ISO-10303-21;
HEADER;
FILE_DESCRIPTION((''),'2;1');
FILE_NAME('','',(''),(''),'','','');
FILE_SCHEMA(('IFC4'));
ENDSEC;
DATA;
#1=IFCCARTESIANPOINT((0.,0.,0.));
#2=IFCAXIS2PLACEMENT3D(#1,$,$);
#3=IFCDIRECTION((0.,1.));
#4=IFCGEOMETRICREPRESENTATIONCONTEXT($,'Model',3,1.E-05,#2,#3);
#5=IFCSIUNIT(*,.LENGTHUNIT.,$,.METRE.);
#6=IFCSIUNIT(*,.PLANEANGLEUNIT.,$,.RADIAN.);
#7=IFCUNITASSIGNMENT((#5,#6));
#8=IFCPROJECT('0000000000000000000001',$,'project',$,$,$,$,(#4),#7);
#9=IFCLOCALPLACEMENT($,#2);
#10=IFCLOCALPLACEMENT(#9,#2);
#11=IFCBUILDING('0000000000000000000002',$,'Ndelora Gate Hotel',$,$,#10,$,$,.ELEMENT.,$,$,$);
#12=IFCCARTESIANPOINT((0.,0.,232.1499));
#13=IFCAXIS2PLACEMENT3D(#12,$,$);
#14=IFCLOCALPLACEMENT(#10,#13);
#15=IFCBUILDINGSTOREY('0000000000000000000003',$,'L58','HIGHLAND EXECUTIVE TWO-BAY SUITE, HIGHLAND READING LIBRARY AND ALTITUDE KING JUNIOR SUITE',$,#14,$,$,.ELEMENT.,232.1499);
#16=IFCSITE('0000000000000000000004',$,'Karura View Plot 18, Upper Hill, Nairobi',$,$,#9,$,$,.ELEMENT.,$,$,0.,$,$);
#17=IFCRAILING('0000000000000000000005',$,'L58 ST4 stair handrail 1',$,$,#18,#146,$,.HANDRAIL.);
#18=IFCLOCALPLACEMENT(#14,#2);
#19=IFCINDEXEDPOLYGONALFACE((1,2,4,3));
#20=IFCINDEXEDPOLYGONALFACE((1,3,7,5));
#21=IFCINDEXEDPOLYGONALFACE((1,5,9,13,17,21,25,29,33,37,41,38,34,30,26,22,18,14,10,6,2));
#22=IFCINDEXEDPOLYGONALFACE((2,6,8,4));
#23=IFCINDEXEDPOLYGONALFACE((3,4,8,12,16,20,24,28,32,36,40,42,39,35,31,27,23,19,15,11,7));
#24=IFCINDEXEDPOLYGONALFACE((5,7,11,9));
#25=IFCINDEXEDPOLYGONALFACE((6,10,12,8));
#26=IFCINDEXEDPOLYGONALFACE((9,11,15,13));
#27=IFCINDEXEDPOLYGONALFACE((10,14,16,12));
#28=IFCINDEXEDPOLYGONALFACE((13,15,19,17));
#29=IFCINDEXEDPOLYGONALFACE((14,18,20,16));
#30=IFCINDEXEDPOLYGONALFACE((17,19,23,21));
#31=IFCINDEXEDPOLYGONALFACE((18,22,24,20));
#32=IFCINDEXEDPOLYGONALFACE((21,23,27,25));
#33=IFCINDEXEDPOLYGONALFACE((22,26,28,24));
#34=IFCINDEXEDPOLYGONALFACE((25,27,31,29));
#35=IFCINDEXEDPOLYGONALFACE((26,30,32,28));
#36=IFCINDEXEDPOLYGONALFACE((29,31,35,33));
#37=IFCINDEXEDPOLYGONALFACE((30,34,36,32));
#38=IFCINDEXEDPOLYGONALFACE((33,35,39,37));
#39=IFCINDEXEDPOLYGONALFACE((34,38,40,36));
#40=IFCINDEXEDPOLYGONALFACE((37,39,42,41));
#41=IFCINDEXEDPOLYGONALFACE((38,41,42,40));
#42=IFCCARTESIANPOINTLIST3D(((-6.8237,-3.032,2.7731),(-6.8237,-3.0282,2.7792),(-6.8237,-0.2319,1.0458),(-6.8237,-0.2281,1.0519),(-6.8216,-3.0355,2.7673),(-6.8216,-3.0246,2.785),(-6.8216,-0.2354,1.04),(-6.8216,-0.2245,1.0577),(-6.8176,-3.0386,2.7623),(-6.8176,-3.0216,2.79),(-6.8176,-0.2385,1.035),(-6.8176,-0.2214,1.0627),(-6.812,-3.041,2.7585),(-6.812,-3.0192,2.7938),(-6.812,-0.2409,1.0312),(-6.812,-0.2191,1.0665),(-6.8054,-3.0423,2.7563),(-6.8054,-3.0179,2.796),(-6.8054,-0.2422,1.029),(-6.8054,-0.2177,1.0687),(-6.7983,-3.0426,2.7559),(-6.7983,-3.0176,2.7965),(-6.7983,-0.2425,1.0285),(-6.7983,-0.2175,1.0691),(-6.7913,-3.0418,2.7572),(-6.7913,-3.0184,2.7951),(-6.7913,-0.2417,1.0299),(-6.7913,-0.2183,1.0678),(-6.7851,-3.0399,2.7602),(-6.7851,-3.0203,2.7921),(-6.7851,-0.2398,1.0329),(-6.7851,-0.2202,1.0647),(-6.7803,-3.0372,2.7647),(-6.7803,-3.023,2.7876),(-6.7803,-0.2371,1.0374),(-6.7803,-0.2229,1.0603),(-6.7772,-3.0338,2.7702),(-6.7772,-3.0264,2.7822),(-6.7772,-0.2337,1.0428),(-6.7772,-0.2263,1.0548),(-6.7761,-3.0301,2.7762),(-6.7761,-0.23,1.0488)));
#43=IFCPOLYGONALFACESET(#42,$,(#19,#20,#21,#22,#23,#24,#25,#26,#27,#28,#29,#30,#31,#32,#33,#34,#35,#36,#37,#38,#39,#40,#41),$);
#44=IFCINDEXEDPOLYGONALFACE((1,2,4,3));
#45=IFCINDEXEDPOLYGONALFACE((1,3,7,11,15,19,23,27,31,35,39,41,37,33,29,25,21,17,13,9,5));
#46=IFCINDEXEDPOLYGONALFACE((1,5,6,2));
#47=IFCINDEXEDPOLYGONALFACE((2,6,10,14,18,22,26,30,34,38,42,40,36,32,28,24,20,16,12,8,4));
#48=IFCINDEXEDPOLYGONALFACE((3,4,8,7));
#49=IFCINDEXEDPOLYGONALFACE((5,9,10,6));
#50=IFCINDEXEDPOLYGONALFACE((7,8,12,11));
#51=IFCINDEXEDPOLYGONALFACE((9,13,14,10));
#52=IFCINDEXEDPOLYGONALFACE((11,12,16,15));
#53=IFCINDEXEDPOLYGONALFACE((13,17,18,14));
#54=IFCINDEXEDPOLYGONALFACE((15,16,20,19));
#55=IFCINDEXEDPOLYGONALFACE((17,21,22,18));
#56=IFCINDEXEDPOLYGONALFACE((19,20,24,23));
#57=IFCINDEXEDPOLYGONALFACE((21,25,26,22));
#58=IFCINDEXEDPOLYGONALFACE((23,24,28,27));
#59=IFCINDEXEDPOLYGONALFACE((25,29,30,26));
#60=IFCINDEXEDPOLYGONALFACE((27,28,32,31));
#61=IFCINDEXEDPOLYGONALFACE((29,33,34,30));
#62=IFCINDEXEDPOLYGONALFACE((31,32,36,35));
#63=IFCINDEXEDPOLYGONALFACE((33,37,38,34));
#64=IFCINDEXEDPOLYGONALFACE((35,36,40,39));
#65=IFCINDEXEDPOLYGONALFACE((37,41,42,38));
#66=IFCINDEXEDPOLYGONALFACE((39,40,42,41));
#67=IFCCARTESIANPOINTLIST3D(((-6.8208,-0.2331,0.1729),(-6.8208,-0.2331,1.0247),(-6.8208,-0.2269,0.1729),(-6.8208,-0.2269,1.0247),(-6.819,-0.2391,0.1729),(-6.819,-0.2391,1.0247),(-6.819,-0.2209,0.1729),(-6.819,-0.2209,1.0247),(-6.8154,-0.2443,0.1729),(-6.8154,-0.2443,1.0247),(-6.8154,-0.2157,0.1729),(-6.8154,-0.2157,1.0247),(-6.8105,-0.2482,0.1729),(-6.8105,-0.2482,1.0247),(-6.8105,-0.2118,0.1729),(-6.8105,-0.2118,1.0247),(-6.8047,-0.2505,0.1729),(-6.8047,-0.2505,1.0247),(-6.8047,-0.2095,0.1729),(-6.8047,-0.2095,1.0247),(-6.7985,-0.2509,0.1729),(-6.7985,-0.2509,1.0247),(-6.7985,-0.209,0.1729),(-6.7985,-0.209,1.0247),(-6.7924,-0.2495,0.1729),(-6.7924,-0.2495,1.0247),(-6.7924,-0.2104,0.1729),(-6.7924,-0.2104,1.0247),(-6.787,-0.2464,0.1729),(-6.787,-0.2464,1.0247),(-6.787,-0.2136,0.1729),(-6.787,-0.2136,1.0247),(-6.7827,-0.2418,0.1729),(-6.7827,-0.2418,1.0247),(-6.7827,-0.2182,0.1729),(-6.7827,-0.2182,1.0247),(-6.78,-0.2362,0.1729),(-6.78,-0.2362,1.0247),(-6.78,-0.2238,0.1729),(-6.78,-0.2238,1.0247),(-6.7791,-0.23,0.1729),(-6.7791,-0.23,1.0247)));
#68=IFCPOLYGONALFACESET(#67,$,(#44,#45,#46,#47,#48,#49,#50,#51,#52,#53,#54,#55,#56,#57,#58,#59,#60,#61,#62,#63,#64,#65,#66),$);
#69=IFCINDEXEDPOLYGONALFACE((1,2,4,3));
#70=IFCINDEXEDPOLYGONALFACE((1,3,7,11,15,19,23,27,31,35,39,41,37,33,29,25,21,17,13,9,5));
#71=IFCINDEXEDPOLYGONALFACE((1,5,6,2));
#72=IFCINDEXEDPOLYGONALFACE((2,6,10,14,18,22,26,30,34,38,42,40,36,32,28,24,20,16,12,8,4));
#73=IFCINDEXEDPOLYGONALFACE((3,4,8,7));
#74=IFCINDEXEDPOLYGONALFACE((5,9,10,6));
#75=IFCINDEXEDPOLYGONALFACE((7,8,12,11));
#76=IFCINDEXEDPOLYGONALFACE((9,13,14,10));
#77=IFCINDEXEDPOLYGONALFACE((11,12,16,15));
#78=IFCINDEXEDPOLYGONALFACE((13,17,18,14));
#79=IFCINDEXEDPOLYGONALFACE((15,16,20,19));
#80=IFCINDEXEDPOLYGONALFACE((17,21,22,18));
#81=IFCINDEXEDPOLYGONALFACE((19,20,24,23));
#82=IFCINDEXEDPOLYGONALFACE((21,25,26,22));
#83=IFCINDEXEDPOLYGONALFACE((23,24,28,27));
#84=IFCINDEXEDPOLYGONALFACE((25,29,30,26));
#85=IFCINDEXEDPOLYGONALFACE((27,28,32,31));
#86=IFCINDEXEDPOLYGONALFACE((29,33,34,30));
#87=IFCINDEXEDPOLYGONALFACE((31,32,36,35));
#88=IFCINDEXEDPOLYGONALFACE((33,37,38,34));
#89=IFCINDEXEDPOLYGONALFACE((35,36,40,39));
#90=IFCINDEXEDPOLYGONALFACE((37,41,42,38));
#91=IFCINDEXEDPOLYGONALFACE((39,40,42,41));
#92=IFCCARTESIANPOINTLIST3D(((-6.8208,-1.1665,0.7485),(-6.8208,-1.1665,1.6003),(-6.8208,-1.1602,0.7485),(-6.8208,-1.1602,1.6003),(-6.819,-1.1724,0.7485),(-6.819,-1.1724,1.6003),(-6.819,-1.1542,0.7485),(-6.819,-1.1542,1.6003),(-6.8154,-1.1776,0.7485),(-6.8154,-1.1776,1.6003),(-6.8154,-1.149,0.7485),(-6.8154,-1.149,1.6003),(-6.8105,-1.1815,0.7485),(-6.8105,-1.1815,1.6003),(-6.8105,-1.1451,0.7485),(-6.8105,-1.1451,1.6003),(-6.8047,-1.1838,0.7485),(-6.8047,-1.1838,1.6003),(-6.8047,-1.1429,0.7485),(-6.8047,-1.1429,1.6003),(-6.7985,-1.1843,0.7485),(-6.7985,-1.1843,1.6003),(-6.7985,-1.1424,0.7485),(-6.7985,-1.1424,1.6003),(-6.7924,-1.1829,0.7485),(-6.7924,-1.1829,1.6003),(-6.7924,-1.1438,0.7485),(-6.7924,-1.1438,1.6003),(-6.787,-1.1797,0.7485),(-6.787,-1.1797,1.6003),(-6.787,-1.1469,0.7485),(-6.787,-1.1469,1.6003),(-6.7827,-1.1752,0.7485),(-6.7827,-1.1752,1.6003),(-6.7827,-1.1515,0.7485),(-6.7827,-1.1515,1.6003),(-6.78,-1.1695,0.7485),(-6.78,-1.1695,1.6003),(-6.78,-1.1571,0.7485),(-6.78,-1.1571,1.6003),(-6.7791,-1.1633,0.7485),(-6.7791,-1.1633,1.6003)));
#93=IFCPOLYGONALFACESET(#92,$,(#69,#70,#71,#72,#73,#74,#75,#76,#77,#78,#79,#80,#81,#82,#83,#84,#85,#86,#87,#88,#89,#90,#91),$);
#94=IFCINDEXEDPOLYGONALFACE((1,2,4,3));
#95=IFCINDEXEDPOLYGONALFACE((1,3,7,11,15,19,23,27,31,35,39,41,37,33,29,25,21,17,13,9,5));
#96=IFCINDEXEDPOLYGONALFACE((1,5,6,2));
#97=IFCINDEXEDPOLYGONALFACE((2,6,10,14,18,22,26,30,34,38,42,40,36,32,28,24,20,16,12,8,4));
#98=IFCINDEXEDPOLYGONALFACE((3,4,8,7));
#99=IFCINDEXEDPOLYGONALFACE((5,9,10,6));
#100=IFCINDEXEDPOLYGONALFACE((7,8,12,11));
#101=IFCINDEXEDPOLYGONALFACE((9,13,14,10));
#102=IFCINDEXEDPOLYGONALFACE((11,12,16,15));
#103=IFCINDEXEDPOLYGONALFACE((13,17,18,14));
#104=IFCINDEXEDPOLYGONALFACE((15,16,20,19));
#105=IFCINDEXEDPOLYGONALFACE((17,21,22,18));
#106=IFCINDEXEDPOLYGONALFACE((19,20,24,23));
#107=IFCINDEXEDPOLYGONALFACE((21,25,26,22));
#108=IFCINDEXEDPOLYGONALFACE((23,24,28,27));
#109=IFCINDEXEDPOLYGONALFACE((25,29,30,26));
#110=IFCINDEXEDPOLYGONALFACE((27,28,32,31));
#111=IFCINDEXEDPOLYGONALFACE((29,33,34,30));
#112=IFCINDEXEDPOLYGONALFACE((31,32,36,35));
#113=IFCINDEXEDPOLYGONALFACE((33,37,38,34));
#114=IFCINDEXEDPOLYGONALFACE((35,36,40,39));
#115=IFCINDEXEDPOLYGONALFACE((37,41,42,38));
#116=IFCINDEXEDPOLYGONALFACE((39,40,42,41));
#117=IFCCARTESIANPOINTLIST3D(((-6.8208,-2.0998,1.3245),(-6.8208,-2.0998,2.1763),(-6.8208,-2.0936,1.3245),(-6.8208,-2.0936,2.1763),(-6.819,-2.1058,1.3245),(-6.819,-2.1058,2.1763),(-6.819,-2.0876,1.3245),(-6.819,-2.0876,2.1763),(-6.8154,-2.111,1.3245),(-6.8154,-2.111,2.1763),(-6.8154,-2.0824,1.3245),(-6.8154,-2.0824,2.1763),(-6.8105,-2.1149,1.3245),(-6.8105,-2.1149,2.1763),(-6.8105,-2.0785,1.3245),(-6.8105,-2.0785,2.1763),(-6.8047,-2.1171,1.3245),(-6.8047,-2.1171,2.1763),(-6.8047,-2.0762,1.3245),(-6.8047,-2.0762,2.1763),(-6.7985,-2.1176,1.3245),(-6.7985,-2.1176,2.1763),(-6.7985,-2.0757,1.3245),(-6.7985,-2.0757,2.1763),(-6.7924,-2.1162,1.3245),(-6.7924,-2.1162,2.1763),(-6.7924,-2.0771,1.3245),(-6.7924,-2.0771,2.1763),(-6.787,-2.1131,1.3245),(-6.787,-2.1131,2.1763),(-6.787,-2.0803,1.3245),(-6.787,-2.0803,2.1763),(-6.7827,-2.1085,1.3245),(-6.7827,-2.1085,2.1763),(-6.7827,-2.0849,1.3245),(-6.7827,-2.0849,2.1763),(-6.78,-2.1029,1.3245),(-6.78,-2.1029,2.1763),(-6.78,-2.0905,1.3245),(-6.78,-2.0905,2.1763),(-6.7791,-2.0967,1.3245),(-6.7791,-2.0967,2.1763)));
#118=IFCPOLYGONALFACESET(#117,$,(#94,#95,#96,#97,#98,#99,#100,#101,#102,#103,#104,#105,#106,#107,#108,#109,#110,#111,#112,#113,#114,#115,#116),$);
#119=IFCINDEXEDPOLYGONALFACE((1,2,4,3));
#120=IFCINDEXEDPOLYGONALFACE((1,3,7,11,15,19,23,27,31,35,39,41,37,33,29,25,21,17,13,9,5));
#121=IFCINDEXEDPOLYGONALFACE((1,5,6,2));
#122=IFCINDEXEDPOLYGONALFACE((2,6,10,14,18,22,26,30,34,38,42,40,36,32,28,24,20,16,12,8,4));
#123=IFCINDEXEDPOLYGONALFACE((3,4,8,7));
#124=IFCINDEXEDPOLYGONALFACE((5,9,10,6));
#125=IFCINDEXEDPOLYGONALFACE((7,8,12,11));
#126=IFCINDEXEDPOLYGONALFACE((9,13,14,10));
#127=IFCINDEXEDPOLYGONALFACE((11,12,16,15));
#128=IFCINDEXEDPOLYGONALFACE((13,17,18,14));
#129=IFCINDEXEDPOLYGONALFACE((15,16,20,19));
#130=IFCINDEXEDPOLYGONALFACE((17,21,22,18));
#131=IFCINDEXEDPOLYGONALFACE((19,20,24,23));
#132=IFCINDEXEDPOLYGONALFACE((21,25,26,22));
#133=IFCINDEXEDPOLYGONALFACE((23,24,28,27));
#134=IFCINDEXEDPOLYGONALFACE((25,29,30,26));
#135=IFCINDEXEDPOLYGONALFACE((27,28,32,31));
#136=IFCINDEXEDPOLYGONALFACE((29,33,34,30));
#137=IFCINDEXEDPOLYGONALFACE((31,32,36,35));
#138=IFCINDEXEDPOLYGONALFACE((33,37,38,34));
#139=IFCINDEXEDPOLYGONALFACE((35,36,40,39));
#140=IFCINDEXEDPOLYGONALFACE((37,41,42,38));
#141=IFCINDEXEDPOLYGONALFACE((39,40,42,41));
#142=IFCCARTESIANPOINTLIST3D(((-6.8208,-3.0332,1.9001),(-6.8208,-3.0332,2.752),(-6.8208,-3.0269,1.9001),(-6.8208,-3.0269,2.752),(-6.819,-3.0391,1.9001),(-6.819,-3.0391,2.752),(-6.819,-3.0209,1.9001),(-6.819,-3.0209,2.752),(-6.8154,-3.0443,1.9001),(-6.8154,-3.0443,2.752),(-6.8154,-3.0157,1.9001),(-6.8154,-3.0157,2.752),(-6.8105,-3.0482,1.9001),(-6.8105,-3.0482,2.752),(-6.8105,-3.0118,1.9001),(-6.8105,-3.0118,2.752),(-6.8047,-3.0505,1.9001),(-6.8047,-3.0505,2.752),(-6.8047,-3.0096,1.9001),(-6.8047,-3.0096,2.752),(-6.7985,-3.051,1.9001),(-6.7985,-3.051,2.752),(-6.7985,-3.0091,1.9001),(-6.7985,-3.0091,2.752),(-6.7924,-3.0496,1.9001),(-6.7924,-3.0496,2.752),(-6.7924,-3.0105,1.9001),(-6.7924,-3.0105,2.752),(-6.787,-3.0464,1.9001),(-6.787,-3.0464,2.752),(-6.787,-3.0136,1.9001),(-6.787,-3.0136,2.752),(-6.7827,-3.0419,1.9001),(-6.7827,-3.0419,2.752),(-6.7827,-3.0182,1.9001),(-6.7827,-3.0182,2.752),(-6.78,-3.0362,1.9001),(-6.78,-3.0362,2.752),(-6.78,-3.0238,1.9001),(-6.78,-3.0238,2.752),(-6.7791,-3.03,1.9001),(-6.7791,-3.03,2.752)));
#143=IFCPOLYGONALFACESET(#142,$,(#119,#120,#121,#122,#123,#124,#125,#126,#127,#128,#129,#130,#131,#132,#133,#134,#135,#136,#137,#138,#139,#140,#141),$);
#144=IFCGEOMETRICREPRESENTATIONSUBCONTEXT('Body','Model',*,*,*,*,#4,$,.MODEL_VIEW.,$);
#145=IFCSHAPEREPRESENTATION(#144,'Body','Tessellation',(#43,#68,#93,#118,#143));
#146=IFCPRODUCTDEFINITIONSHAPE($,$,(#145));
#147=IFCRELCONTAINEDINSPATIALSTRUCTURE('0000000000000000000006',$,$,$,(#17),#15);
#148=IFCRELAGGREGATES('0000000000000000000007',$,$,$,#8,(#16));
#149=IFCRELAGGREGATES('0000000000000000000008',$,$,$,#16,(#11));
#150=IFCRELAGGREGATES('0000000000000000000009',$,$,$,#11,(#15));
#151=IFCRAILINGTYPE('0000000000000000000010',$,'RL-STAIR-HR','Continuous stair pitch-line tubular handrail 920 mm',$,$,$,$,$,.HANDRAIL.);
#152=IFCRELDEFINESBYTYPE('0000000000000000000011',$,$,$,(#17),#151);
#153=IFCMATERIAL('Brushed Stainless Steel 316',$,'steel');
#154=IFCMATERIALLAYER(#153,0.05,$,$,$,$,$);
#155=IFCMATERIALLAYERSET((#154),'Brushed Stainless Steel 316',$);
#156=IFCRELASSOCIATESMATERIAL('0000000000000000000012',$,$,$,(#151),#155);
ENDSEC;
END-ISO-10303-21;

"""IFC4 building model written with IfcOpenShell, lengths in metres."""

from ifc_helpers import new_model, si_unit, direction, frame, origin, origin_2d, place, context, subcontext, project, spatial, circle, extrude, material, layer, layer_set, type_object, element, save


model = new_model("IFC4")

# Units and contexts
model_context = context("Model", 3, precision=1e-05, world=origin(), true_north=direction((0.0, 1.0)))
body_context = subcontext(model_context, "Body", "Model", "MODEL_VIEW")
ifc_project = project(units=[si_unit("LENGTHUNIT", "METRE"), si_unit("PLANEANGLEUNIT", "RADIAN")], contexts=[model_context])

# Site, building, storey
site_placement = place(None, origin())
site = spatial("IfcSite", under=ifc_project, at=site_placement, Name="Karura View Plot 18, Upper Hill, Nairobi", CompositionType="ELEMENT", RefElevation=0.0)
building_placement = place(site_placement, origin())
building = spatial("IfcBuilding", under=site, at=building_placement, Name="Ndelora Gate Hotel", CompositionType="ELEMENT")
storey_placement = place(building_placement, frame((0.0, 0.0, 232.1499)))
storey = spatial("IfcBuildingStorey", under=building, at=storey_placement, Name="L58", Description="HIGHLAND EXECUTIVE TWO-BAY SUITE, HIGHLAND READING LIBRARY AND ALTITUDE KING JUNIOR SUITE", CompositionType="ELEMENT", Elevation=232.1499)

# Railing
ifc_material_1 = material(Name="Brushed Stainless Steel 316", Category="steel")
ifc_layer_1 = layer(ifc_material_1, 0.05)
ifc_layer_set_1 = layer_set([ifc_layer_1], Name="Brushed Stainless Steel 316")
railing_type_1 = type_object("IfcRailingType", Name="RL-STAIR-HR", Description="Continuous stair pitch-line tubular handrail 920 mm", PredefinedType="HANDRAIL", material=ifc_layer_set_1)
railing_1_placement = place(storey_placement, frame((-6.8, -0.23, 0.1729)))
element("IfcRailing", 1, at=railing_1_placement, inside=storey, type_object=railing_type_1, Name="L58 ST4 stair handrail 1", PredefinedType="HANDRAIL", context=body_context, shape_type="SweptSolid", body=[
    extrude(circle(Radius=0.0239, at=origin_2d()), frame((0.0, 0.0, 0.876), z_axis=(0.0, -0.85109, 0.52502), x_axis=(1.0, 0.0, 0.0)), (0.0, 0.0, 1.0), 3.29),
    extrude(circle(Radius=0.021, at=origin_2d()), origin(), (0.0, 0.0, 1.0), 0.8518),
    extrude(circle(Radius=0.021, at=origin_2d()), frame((0.0, -0.9333, 0.5757)), (0.0, 0.0, 1.0), 0.8518),
    extrude(circle(Radius=0.021, at=origin_2d()), frame((0.0, -1.8667, 1.1516)), (0.0, 0.0, 1.0), 0.8518),
    extrude(circle(Radius=0.021, at=origin_2d()), frame((0.0, -2.8, 1.7273)), (0.0, 0.0, 1.0), 0.8518),
])

save(model, "model.ifc")
